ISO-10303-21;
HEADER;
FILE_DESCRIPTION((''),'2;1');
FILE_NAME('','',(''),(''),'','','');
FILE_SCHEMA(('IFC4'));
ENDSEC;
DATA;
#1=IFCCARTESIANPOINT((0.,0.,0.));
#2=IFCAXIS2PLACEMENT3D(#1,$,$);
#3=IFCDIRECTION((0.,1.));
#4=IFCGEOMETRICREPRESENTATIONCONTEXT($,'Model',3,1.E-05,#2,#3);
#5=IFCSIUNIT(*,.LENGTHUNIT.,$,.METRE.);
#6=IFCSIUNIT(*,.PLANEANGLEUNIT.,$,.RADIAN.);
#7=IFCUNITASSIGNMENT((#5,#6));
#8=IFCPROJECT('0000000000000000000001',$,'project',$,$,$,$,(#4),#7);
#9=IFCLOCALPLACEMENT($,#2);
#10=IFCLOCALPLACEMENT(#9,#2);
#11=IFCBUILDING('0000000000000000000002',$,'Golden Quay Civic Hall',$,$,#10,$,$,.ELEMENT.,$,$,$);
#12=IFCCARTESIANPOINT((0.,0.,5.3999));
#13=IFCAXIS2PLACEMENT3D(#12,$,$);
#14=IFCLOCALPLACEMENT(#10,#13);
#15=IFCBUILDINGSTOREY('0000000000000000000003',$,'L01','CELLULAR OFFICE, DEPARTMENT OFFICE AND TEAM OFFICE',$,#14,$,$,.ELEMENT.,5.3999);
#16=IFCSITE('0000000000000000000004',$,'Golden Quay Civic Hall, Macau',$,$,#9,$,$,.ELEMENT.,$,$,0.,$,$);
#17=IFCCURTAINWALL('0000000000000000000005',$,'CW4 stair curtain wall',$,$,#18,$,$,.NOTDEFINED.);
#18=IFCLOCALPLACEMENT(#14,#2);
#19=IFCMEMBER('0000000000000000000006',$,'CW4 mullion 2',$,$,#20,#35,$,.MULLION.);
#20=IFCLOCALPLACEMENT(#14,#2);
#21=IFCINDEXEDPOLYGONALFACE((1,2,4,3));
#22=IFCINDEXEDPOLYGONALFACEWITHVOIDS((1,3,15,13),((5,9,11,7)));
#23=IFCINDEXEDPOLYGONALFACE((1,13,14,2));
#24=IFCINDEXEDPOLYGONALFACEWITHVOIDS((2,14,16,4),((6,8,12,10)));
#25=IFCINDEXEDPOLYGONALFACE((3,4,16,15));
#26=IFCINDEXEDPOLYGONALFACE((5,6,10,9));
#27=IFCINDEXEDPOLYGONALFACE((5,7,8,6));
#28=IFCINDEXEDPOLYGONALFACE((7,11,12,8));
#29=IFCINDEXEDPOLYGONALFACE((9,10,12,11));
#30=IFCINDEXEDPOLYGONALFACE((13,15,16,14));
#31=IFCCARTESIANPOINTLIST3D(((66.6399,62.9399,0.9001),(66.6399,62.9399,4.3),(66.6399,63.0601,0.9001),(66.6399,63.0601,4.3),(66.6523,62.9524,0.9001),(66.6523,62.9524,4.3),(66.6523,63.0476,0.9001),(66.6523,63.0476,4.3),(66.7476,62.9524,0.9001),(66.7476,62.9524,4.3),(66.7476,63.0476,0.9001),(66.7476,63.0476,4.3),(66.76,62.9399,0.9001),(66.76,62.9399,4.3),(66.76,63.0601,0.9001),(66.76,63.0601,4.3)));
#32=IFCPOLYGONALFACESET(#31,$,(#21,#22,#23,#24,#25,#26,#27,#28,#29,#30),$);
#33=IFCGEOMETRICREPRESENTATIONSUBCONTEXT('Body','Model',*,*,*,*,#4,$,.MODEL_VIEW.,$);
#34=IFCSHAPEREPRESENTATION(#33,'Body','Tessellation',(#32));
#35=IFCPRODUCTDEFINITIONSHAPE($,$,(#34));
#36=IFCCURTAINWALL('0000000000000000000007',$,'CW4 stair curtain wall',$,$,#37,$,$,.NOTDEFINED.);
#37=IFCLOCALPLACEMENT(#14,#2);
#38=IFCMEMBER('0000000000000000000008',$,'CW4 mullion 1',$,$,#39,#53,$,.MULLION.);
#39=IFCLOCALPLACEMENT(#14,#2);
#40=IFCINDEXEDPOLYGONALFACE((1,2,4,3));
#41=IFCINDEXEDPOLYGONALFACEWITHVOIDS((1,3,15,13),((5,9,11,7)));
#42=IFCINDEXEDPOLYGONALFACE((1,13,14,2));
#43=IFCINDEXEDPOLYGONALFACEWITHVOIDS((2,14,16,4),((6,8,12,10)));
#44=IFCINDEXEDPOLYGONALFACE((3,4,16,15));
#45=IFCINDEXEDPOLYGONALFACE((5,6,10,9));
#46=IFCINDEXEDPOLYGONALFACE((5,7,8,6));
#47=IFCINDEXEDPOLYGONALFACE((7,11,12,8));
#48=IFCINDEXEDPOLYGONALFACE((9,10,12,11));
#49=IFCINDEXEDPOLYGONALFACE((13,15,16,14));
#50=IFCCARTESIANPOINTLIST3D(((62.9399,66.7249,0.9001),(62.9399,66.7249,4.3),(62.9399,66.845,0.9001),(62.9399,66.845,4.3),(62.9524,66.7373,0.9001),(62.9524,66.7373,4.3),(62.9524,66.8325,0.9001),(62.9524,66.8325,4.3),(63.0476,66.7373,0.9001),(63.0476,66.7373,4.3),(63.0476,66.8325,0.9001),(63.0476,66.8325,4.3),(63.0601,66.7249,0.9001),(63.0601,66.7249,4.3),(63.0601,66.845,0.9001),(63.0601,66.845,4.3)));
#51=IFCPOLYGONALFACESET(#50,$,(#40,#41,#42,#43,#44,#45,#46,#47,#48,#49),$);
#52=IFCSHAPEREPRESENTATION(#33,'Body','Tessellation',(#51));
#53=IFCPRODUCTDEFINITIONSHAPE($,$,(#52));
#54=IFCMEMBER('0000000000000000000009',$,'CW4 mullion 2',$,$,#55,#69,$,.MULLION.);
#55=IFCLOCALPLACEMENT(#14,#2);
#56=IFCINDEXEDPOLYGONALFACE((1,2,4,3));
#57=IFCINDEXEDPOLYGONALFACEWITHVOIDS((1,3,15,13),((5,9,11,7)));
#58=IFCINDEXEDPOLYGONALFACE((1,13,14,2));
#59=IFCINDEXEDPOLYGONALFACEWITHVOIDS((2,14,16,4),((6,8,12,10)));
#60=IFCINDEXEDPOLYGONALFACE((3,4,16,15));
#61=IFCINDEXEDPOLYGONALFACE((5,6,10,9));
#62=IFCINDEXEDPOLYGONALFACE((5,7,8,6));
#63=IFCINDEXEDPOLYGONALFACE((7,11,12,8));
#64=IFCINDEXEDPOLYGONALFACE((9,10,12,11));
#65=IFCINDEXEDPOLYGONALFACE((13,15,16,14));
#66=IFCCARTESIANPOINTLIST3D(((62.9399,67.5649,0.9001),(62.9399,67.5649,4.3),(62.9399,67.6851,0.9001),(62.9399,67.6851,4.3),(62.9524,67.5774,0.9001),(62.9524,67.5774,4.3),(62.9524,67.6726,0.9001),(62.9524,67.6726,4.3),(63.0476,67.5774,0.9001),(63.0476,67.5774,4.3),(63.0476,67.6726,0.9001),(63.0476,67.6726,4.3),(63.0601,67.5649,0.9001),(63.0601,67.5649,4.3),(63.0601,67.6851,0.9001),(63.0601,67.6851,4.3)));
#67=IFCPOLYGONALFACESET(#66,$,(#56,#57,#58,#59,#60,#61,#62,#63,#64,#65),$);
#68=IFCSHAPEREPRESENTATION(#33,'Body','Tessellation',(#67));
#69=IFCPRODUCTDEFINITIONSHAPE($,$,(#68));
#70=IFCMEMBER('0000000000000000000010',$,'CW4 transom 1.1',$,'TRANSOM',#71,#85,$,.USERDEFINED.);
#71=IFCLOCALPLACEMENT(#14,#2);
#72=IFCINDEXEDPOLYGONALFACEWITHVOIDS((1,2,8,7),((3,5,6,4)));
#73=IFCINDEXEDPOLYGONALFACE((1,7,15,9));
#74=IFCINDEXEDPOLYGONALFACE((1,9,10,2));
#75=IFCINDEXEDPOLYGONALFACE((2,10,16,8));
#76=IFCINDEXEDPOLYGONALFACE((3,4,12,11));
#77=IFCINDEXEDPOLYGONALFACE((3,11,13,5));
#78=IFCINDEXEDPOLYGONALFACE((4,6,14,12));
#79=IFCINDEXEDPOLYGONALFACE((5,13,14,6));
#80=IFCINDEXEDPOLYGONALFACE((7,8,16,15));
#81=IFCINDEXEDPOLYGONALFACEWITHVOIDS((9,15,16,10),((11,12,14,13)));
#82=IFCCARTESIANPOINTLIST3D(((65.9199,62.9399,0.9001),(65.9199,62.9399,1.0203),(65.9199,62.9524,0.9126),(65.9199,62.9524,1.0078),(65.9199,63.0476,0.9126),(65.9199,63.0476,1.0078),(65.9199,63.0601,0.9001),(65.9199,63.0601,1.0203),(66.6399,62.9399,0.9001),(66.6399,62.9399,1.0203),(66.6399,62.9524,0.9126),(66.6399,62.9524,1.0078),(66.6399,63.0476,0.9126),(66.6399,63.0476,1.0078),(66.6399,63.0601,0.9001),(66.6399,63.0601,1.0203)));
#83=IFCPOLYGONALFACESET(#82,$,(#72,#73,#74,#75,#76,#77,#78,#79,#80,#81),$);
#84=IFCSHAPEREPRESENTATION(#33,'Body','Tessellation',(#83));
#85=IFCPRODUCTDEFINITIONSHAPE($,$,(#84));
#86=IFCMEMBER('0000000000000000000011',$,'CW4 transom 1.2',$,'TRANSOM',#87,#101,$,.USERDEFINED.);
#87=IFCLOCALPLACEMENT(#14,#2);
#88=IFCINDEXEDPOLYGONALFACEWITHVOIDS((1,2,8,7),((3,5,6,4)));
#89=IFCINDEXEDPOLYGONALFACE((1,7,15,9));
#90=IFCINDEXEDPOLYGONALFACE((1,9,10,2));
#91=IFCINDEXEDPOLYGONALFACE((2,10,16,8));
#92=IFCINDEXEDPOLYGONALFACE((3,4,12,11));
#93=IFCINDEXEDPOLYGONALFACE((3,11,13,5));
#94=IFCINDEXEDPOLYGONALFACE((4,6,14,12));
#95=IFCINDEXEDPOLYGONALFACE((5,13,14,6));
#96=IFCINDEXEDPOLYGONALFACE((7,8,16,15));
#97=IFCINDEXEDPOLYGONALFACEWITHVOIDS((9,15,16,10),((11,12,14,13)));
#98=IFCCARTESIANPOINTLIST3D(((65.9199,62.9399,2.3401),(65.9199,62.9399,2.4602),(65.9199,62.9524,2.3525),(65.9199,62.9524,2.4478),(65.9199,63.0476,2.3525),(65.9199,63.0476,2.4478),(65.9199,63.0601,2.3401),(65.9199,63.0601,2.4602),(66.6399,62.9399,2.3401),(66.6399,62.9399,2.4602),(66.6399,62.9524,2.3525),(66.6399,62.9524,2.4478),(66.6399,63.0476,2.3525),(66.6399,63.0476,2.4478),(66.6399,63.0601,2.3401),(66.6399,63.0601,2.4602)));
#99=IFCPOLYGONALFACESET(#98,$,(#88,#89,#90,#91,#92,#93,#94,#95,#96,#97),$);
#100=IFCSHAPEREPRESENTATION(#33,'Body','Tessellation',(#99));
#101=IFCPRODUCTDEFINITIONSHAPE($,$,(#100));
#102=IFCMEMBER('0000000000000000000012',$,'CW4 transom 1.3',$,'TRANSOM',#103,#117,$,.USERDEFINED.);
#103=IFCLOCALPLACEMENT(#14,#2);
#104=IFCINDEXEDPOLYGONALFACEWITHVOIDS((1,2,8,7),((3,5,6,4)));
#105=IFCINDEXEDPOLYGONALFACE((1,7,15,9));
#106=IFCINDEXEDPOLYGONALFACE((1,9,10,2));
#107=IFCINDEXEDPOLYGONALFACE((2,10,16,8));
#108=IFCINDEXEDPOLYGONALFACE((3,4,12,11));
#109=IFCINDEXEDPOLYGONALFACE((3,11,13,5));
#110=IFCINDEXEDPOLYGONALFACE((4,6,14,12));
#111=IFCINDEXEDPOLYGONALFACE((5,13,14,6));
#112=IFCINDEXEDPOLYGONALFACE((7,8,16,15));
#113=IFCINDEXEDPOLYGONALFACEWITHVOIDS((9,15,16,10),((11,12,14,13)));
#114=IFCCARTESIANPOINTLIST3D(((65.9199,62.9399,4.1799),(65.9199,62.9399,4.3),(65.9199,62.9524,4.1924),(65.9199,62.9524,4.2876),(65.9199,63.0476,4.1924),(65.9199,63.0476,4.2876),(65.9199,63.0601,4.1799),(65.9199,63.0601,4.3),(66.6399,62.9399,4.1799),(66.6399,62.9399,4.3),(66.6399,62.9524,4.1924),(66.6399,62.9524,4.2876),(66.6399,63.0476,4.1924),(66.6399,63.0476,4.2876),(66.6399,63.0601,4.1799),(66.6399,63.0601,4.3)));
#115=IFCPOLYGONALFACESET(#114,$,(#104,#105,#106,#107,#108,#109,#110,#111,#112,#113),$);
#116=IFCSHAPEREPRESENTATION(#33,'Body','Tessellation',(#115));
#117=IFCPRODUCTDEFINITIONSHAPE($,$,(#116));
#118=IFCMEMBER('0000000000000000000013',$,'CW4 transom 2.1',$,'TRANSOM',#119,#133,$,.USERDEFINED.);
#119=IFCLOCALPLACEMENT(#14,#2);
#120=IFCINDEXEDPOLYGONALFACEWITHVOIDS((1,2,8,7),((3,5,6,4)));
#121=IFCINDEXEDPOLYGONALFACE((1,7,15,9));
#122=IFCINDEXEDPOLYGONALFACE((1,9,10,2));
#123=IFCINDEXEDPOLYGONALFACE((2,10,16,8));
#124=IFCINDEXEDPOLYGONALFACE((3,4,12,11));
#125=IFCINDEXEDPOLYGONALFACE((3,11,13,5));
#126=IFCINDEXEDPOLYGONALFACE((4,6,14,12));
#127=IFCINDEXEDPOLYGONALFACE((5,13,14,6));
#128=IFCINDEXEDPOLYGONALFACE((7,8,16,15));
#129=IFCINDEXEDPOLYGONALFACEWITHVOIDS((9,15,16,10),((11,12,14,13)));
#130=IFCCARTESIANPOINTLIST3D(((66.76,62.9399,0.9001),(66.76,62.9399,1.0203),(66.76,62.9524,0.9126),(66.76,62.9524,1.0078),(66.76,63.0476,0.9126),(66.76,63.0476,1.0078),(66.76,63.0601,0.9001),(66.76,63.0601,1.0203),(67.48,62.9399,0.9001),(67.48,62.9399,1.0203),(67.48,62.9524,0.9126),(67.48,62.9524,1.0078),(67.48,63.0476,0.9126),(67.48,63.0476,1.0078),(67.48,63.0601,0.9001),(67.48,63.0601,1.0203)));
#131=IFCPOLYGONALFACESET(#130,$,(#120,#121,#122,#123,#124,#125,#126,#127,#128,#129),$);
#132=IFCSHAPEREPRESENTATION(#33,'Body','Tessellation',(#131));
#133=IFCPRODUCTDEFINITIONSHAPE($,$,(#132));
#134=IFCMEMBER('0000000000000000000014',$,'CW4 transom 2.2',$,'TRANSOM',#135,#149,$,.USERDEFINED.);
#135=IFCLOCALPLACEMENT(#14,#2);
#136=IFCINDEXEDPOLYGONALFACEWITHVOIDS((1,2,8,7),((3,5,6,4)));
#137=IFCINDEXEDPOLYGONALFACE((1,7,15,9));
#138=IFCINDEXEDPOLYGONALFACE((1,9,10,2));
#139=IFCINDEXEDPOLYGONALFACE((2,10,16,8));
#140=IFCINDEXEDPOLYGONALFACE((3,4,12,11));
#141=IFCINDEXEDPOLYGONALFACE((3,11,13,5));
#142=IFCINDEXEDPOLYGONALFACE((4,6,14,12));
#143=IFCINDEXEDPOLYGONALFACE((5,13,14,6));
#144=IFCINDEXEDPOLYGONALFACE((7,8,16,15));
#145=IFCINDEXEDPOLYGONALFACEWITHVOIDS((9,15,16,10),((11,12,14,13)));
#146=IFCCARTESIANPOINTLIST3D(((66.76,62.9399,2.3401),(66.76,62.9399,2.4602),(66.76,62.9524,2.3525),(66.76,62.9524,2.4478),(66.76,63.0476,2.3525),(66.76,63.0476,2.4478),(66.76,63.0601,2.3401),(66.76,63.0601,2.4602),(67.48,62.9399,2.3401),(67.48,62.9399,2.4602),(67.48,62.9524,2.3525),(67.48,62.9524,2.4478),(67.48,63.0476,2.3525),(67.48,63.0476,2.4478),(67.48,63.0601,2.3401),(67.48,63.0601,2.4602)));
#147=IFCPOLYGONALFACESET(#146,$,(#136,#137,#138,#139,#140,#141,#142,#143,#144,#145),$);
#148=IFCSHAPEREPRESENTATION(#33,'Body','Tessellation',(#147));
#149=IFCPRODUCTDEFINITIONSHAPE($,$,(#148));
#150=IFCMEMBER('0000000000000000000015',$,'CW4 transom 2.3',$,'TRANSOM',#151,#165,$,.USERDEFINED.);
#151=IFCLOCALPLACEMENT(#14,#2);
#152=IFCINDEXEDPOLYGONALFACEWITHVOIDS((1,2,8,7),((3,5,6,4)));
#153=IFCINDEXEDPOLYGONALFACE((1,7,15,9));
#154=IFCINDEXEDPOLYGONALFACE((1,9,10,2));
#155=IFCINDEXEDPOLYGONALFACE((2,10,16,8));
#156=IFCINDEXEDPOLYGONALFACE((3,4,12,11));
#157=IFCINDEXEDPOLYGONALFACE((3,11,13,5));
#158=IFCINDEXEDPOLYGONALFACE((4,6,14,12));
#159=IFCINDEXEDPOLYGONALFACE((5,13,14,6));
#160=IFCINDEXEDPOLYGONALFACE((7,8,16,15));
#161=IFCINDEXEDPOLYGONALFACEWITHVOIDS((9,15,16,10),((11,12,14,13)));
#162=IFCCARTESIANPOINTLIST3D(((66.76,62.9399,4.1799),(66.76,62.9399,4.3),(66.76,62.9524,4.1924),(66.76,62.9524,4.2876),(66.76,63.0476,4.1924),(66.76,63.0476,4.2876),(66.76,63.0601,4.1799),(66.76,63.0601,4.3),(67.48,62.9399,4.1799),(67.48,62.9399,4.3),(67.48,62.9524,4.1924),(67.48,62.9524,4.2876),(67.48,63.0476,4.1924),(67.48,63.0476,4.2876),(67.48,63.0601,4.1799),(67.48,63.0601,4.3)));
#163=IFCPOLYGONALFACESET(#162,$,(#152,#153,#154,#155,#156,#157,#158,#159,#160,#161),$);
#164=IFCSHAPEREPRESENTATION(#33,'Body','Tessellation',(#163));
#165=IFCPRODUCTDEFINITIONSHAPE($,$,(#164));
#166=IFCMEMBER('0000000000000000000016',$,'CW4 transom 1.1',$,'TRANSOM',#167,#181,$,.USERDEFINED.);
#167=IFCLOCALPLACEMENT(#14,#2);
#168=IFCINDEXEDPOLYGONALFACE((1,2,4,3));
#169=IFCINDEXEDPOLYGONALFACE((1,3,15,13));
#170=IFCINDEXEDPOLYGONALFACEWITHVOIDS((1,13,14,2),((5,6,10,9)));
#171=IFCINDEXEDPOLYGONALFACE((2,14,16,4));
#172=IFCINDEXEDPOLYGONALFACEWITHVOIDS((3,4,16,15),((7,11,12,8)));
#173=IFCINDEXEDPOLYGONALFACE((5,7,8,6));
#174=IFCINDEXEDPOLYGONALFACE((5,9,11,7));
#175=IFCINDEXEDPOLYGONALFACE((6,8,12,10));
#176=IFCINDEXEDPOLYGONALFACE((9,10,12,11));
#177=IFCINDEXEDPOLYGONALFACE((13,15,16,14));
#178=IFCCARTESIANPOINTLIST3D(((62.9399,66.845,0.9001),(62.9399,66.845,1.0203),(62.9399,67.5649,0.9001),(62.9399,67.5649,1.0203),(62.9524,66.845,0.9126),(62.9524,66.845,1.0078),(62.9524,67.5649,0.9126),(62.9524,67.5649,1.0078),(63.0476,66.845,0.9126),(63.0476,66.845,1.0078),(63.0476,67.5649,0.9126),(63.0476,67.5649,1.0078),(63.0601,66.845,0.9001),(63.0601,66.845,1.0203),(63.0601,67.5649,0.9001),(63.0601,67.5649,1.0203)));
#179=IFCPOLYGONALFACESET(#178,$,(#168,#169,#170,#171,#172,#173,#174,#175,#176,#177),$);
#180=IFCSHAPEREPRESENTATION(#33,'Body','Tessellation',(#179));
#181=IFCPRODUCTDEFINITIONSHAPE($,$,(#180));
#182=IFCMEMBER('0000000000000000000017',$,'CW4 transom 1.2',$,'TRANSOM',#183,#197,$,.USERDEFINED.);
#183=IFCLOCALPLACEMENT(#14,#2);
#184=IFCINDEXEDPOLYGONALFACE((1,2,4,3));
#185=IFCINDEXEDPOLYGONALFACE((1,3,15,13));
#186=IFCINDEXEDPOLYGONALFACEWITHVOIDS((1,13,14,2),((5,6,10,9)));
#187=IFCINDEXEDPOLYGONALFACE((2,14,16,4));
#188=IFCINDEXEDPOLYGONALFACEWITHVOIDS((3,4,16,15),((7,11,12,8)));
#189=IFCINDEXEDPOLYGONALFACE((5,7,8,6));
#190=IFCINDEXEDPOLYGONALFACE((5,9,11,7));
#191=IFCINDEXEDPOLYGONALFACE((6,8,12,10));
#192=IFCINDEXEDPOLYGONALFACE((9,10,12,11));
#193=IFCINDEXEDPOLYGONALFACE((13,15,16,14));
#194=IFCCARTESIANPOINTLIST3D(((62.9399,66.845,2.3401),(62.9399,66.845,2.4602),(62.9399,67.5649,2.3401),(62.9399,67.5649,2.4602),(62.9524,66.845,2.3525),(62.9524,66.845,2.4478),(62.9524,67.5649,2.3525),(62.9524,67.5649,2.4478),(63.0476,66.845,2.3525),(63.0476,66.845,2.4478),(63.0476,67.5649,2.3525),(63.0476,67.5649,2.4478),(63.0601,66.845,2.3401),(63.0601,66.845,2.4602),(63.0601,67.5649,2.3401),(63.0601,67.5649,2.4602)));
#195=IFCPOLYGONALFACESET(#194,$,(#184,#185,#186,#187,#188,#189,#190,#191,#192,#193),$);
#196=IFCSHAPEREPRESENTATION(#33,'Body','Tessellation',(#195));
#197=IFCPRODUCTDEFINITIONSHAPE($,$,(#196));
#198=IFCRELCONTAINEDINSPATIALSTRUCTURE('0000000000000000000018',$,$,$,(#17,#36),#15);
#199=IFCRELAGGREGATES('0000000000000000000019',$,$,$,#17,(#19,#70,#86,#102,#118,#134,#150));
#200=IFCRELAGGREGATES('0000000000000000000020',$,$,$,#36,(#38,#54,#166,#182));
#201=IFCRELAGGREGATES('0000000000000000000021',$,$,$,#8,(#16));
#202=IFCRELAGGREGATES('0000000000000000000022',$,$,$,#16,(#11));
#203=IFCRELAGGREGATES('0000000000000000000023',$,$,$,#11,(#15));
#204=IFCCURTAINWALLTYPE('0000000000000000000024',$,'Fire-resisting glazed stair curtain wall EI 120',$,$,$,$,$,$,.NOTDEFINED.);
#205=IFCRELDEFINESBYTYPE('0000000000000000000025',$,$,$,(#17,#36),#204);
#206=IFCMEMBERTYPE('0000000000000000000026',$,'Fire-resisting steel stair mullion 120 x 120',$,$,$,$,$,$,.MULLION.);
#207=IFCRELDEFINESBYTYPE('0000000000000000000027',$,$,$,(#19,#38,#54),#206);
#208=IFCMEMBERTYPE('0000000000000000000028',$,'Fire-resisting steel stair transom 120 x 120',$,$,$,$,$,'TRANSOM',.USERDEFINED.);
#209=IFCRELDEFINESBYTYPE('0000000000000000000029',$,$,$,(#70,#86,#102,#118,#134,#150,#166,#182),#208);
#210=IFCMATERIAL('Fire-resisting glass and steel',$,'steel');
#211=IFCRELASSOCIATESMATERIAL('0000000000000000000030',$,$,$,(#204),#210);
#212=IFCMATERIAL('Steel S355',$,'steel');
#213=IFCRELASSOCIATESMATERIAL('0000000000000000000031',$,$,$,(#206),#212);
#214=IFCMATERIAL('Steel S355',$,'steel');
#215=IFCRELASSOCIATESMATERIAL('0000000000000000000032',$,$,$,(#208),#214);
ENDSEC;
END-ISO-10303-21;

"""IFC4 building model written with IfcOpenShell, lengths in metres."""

from ifc_helpers import new_model, si_unit, direction, frame, origin, origin_2d, place, context, subcontext, project, spatial, hollow_rectangle, extrude, material, material_profile, profile_set, type_object, element, aggregate, save


model = new_model("IFC4")

# Units and contexts
model_context = context("Model", 3, precision=1e-05, world=origin(), true_north=direction((0.0, 1.0)))
body_context = subcontext(model_context, "Body", "Model", "MODEL_VIEW")
ifc_project = project(units=[si_unit("LENGTHUNIT", "METRE"), si_unit("PLANEANGLEUNIT", "RADIAN")], contexts=[model_context])

# Site, building, storey
site_placement = place(None, origin())
site = spatial("IfcSite", under=ifc_project, at=site_placement, Name="Golden Quay Civic Hall, Macau", CompositionType="ELEMENT", RefElevation=0.0)
building_placement = place(site_placement, origin())
building = spatial("IfcBuilding", under=site, at=building_placement, Name="Golden Quay Civic Hall", CompositionType="ELEMENT")
storey_placement = place(building_placement, frame((0.0, 0.0, 5.3999)))
storey = spatial("IfcBuildingStorey", under=building, at=storey_placement, Name="L01", Description="CELLULAR OFFICE, DEPARTMENT OFFICE AND TEAM OFFICE", CompositionType="ELEMENT", Elevation=5.3999)

# Curtain wall, member
ifc_material_1 = material(Name="Fire-resisting glass and steel", Category="steel")
curtain_wall_type = type_object("IfcCurtainWallType", Name="Fire-resisting glazed stair curtain wall EI 120", PredefinedType="NOTDEFINED", material=ifc_material_1)
curtain_wall_1_placement = place(storey_placement, origin())
curtain_wall_1 = element("IfcCurtainWall", 1, at=curtain_wall_1_placement, inside=storey, type_object=curtain_wall_type, Name="CW4 stair curtain wall", PredefinedType="NOTDEFINED")
ifc_material_2 = material(Name="Steel S355", Category="steel")
ifc_material_profile_1 = material_profile(ifc_material_2, hollow_rectangle(XDim=0.1201, YDim=0.1201, WallThickness=0.0125, at=origin_2d()), Name="SHS 120x120x12.5")
ifc_profile_set_1 = profile_set([ifc_material_profile_1], Name="Steel S355")
member_type_1 = type_object("IfcMemberType", Name="Fire-resisting steel stair mullion 120 x 120", PredefinedType="MULLION", material=ifc_profile_set_1)
member_1_placement = place(storey_placement, frame((66.7, 63.0, 0.9001), z_axis=(0.0, 0.0, 1.0), x_axis=(0.0, 1.0, 0.0)))
member_1 = element("IfcMember", 2, at=member_1_placement, type_object=member_type_1, Name="CW4 mullion 2", PredefinedType="MULLION", context=body_context, shape_type="SweptSolid", body=[
    extrude(hollow_rectangle(XDim=0.1201, YDim=0.1201, WallThickness=0.0125, at=origin_2d()), origin(), (0.0, 0.0, 1.0), 3.3999),
])

# Curtain wall, members
curtain_wall_2_placement = place(storey_placement, origin())
curtain_wall_2 = element("IfcCurtainWall", 3, at=curtain_wall_2_placement, inside=storey, type_object=curtain_wall_type, Name="CW4 stair curtain wall", PredefinedType="NOTDEFINED")
member_2_placement = place(storey_placement, frame((63.0, 66.7849, 0.9001), z_axis=(0.0, 0.0, 1.0), x_axis=(-1.0, 0.0, 0.0)))
member_2 = element("IfcMember", 4, at=member_2_placement, type_object=member_type_1, Name="CW4 mullion 1", PredefinedType="MULLION", context=body_context, shape_type="SweptSolid", body=[
    extrude(hollow_rectangle(XDim=0.1201, YDim=0.1201, WallThickness=0.0125, at=origin_2d()), origin(), (0.0, 0.0, 1.0), 3.3999),
])
member_3_placement = place(storey_placement, frame((63.0, 67.625, 0.9001), z_axis=(0.0, 0.0, 1.0), x_axis=(-1.0, 0.0, 0.0)))
member_3 = element("IfcMember", 5, at=member_3_placement, type_object=member_type_1, Name="CW4 mullion 2", PredefinedType="MULLION", context=body_context, shape_type="SweptSolid", body=[
    extrude(hollow_rectangle(XDim=0.1201, YDim=0.1201, WallThickness=0.0125, at=origin_2d()), origin(), (0.0, 0.0, 1.0), 3.3999),
])

# Members
ifc_material_3 = material(Name="Steel S355", Category="steel")
ifc_material_profile_2 = material_profile(ifc_material_3, hollow_rectangle(XDim=0.1201, YDim=0.1201, WallThickness=0.0125, at=origin_2d()), Name="SHS 120x120x12.5")
ifc_profile_set_2 = profile_set([ifc_material_profile_2], Name="Steel S355")
member_type_2 = type_object("IfcMemberType", Name="Fire-resisting steel stair transom 120 x 120", ElementType="TRANSOM", PredefinedType="USERDEFINED", material=ifc_profile_set_2)
member_4_placement = place(storey_placement, frame((65.9199, 63.0, 0.9602), z_axis=(1.0, 0.0, 0.0), x_axis=(0.0, 1.0, 0.0)))
member_4 = element("IfcMember", 6, at=member_4_placement, type_object=member_type_2, Name="CW4 transom 1.1", ObjectType="TRANSOM", PredefinedType="USERDEFINED", context=body_context, shape_type="SweptSolid", body=[
    extrude(hollow_rectangle(XDim=0.1201, YDim=0.1201, WallThickness=0.0125, at=origin_2d()), origin(), (0.0, 0.0, 1.0), 0.72),
])
member_5_placement = place(storey_placement, frame((65.9199, 63.0, 2.4001), z_axis=(1.0, 0.0, 0.0), x_axis=(0.0, 1.0, 0.0)))
member_5 = element("IfcMember", 7, at=member_5_placement, type_object=member_type_2, Name="CW4 transom 1.2", ObjectType="TRANSOM", PredefinedType="USERDEFINED", context=body_context, shape_type="SweptSolid", body=[
    extrude(hollow_rectangle(XDim=0.1201, YDim=0.1201, WallThickness=0.0125, at=origin_2d()), origin(), (0.0, 0.0, 1.0), 0.72),
])
member_6_placement = place(storey_placement, frame((65.9199, 63.0, 4.24), z_axis=(1.0, 0.0, 0.0), x_axis=(0.0, 1.0, 0.0)))
member_6 = element("IfcMember", 8, at=member_6_placement, type_object=member_type_2, Name="CW4 transom 1.3", ObjectType="TRANSOM", PredefinedType="USERDEFINED", context=body_context, shape_type="SweptSolid", body=[
    extrude(hollow_rectangle(XDim=0.1201, YDim=0.1201, WallThickness=0.0125, at=origin_2d()), origin(), (0.0, 0.0, 1.0), 0.72),
])
member_7_placement = place(storey_placement, frame((66.76, 63.0, 0.9602), z_axis=(1.0, 0.0, 0.0), x_axis=(0.0, 1.0, 0.0)))
member_7 = element("IfcMember", 9, at=member_7_placement, type_object=member_type_2, Name="CW4 transom 2.1", ObjectType="TRANSOM", PredefinedType="USERDEFINED", context=body_context, shape_type="SweptSolid", body=[
    extrude(hollow_rectangle(XDim=0.1201, YDim=0.1201, WallThickness=0.0125, at=origin_2d()), origin(), (0.0, 0.0, 1.0), 0.72),
])
member_8_placement = place(storey_placement, frame((66.76, 63.0, 2.4001), z_axis=(1.0, 0.0, 0.0), x_axis=(0.0, 1.0, 0.0)))
member_8 = element("IfcMember", 10, at=member_8_placement, type_object=member_type_2, Name="CW4 transom 2.2", ObjectType="TRANSOM", PredefinedType="USERDEFINED", context=body_context, shape_type="SweptSolid", body=[
    extrude(hollow_rectangle(XDim=0.1201, YDim=0.1201, WallThickness=0.0125, at=origin_2d()), origin(), (0.0, 0.0, 1.0), 0.72),
])
member_9_placement = place(storey_placement, frame((66.76, 63.0, 4.24), z_axis=(1.0, 0.0, 0.0), x_axis=(0.0, 1.0, 0.0)))
member_9 = element("IfcMember", 11, at=member_9_placement, type_object=member_type_2, Name="CW4 transom 2.3", ObjectType="TRANSOM", PredefinedType="USERDEFINED", context=body_context, shape_type="SweptSolid", body=[
    extrude(hollow_rectangle(XDim=0.1201, YDim=0.1201, WallThickness=0.0125, at=origin_2d()), origin(), (0.0, 0.0, 1.0), 0.72),
])
member_10_placement = place(storey_placement, frame((63.0, 66.845, 0.9602), z_axis=(0.0, 1.0, 0.0), x_axis=(-1.0, 0.0, 0.0)))
member_10 = element("IfcMember", 12, at=member_10_placement, type_object=member_type_2, Name="CW4 transom 1.1", ObjectType="TRANSOM", PredefinedType="USERDEFINED", context=body_context, shape_type="SweptSolid", body=[
    extrude(hollow_rectangle(XDim=0.1201, YDim=0.1201, WallThickness=0.0125, at=origin_2d()), origin(), (0.0, 0.0, 1.0), 0.72),
])
member_11_placement = place(storey_placement, frame((63.0, 66.845, 2.4001), z_axis=(0.0, 1.0, 0.0), x_axis=(-1.0, 0.0, 0.0)))
member_11 = element("IfcMember", 13, at=member_11_placement, type_object=member_type_2, Name="CW4 transom 1.2", ObjectType="TRANSOM", PredefinedType="USERDEFINED", context=body_context, shape_type="SweptSolid", body=[
    extrude(hollow_rectangle(XDim=0.1201, YDim=0.1201, WallThickness=0.0125, at=origin_2d()), origin(), (0.0, 0.0, 1.0), 0.72),
])

aggregate(curtain_wall_1, [member_1, member_4, member_5, member_6, member_7, member_8, member_9])
aggregate(curtain_wall_2, [member_2, member_3, member_10, member_11])

save(model, "model.ifc")
